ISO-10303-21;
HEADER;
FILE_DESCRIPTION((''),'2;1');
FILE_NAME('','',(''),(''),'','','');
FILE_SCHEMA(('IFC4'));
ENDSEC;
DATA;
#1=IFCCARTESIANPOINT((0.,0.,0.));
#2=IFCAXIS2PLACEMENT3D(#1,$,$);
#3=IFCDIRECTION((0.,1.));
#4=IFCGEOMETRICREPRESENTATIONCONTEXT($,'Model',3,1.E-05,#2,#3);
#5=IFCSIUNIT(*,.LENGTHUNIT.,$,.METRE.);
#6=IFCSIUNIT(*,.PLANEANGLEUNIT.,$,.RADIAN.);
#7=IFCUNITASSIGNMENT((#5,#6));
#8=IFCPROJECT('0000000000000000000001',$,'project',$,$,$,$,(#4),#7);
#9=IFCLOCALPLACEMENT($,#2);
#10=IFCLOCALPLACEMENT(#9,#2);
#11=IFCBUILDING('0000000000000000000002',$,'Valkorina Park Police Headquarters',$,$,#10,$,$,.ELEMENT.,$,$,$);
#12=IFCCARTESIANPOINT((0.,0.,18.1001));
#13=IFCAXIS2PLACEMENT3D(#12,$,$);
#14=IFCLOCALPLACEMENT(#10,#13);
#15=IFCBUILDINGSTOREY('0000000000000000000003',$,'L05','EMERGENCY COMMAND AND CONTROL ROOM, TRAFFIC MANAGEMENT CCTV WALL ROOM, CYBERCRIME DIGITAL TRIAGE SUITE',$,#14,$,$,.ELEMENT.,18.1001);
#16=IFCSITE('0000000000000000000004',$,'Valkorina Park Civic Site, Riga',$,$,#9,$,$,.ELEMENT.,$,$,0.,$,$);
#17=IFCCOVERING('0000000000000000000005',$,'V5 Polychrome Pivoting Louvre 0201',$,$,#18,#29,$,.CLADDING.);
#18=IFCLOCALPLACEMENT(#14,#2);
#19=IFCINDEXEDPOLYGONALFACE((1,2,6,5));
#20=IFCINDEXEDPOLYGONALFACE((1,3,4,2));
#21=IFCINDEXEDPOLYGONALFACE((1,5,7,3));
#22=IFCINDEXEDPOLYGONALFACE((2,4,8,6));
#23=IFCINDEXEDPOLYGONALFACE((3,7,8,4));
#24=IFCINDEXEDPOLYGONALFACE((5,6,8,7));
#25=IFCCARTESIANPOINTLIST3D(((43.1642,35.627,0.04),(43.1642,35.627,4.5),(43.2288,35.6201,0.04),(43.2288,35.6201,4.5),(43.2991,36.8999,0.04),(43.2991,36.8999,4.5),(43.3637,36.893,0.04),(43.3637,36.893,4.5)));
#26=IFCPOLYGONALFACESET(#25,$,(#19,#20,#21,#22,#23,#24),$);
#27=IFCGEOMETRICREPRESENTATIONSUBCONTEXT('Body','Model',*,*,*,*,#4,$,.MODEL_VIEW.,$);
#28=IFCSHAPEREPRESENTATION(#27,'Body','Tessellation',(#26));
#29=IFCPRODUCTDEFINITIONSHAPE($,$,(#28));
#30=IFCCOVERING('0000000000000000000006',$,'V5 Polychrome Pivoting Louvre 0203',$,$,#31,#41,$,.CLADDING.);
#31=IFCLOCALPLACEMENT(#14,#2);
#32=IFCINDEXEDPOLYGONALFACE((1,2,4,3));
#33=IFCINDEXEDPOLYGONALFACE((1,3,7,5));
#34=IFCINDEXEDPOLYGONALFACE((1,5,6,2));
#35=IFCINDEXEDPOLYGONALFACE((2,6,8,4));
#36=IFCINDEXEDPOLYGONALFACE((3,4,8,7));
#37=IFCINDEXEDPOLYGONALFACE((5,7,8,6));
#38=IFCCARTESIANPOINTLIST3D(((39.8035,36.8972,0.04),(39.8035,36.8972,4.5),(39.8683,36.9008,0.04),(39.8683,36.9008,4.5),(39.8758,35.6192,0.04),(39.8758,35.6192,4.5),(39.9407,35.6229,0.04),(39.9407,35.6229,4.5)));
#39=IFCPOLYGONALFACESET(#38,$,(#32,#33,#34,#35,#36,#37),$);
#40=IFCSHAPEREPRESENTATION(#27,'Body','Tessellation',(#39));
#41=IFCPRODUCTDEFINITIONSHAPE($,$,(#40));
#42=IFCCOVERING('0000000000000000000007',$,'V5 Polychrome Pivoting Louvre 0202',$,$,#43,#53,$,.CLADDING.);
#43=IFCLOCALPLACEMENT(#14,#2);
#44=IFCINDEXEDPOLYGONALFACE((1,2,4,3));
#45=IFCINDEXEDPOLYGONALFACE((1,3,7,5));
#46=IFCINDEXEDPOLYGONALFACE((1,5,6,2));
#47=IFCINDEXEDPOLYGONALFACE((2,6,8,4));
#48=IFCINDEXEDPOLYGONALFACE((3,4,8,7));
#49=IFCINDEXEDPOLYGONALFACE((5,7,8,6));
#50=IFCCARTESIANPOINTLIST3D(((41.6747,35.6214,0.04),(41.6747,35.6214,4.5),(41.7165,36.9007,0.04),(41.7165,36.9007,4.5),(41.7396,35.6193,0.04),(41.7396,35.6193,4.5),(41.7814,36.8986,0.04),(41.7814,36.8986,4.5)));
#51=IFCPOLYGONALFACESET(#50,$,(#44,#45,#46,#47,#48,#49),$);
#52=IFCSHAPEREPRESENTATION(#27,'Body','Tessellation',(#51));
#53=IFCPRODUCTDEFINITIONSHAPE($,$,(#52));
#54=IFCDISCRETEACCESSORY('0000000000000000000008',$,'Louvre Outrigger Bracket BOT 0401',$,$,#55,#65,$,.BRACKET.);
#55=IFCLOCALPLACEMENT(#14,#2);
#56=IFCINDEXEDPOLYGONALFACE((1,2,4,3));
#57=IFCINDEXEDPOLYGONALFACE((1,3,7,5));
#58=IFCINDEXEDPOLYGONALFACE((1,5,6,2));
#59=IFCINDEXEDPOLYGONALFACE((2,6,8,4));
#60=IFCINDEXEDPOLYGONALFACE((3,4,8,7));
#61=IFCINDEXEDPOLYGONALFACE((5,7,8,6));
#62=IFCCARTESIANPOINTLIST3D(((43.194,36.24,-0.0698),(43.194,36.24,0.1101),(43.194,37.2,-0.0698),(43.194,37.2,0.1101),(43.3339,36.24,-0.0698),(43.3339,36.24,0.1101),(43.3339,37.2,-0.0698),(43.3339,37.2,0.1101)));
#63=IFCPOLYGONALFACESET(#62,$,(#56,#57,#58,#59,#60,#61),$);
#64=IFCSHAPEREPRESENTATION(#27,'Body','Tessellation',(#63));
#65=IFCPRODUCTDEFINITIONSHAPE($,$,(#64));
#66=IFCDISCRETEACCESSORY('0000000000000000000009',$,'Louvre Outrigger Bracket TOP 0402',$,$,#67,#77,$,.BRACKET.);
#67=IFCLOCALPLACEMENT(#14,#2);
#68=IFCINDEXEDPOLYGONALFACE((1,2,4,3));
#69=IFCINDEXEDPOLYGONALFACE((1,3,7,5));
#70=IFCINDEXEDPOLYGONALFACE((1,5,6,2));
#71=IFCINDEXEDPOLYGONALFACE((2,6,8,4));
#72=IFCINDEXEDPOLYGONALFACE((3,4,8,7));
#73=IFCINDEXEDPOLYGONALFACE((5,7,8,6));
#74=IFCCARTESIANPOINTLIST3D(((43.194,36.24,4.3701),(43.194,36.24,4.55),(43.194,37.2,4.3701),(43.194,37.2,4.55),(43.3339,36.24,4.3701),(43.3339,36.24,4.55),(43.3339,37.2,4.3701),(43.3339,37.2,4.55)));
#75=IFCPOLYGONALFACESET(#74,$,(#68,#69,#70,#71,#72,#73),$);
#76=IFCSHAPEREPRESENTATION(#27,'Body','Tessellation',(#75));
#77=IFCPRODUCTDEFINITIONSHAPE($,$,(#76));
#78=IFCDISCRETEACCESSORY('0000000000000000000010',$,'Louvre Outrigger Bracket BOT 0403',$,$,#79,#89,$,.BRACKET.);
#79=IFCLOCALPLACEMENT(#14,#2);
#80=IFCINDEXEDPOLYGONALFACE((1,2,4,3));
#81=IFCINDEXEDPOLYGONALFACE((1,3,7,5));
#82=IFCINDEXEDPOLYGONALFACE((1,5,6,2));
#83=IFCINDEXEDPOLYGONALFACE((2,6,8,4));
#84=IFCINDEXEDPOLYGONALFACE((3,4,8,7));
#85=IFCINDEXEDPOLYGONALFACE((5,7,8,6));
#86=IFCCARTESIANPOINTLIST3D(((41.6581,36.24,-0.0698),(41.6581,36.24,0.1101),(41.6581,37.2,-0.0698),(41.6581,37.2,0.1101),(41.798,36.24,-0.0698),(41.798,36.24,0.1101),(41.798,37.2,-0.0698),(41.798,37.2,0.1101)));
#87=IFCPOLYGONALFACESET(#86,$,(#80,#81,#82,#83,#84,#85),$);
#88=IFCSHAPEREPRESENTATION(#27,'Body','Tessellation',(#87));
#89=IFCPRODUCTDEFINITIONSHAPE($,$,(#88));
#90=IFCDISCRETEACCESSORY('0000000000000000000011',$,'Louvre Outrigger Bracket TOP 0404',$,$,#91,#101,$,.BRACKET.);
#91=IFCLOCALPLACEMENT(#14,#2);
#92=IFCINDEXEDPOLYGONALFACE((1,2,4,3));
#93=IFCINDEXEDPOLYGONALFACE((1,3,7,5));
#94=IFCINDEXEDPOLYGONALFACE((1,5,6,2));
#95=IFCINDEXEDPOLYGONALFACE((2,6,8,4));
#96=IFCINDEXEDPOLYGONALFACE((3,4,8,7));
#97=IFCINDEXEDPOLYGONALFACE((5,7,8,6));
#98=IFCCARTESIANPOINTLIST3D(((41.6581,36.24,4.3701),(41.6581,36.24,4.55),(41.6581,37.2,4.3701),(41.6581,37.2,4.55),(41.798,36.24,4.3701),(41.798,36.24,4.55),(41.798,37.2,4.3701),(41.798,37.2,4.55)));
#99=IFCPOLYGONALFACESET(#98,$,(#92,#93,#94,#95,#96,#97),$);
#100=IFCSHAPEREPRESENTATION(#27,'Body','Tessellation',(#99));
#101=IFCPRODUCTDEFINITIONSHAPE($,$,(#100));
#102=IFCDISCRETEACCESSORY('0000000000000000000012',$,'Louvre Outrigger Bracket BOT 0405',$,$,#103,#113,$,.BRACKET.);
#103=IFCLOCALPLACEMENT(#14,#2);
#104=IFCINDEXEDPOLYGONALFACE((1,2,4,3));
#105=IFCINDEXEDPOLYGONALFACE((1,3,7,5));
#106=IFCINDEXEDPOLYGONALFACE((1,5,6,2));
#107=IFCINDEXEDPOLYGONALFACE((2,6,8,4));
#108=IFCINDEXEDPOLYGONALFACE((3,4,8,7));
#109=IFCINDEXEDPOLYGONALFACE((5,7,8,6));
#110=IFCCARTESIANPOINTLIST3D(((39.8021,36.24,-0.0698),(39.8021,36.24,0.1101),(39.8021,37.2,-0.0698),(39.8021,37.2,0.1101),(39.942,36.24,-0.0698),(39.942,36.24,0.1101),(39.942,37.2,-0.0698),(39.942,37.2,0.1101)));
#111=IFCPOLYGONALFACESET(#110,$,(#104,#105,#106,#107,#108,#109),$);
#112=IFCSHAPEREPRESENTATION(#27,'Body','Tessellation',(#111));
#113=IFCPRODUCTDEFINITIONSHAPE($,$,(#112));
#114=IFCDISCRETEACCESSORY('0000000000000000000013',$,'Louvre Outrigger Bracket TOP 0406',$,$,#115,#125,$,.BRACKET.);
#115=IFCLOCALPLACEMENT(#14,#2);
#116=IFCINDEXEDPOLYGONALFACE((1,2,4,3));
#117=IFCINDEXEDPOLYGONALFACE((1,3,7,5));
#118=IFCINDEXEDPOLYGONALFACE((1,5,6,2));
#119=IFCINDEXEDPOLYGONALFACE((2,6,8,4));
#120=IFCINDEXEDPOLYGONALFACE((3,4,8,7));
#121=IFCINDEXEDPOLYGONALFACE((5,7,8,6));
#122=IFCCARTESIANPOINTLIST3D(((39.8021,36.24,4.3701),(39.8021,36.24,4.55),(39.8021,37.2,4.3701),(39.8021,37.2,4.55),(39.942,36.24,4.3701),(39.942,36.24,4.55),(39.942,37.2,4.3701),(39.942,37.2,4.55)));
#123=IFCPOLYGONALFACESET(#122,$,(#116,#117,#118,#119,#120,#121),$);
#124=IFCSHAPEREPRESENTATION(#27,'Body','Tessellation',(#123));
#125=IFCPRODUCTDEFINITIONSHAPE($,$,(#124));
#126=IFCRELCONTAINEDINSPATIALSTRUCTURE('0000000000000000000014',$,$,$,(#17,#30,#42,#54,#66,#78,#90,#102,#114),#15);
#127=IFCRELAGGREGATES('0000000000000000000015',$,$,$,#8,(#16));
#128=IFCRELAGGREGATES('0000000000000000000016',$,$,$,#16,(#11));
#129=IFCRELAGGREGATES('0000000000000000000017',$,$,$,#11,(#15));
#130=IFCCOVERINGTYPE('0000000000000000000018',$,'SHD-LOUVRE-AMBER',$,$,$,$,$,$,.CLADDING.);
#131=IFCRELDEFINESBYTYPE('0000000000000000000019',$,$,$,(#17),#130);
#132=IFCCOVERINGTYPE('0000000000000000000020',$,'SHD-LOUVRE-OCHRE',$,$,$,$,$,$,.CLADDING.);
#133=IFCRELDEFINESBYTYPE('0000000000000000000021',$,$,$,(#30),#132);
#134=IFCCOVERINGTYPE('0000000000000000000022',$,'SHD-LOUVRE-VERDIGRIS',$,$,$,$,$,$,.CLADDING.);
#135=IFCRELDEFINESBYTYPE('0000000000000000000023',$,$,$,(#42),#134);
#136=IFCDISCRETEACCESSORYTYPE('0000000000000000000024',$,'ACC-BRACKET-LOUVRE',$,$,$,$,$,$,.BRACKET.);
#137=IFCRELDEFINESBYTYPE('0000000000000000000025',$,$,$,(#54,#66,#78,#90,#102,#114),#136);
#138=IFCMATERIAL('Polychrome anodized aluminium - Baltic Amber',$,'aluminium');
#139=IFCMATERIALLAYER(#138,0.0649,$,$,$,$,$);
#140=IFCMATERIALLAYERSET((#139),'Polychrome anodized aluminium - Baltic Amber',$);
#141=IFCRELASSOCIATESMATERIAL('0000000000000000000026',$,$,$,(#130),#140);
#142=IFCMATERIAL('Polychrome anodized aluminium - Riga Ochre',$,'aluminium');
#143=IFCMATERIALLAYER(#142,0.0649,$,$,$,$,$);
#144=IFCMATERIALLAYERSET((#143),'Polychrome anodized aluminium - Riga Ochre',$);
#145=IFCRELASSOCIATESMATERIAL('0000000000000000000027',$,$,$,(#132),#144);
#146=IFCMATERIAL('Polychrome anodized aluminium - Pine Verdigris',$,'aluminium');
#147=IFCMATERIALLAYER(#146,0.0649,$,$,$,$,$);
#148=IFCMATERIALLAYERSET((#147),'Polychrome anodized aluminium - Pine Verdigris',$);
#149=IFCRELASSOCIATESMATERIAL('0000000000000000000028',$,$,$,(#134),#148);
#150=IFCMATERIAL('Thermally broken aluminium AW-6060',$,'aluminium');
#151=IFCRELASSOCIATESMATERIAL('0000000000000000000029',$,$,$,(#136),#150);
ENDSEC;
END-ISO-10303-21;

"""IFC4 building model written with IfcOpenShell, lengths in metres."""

from ifc_helpers import new_model, si_unit, direction, frame, origin, origin_2d, place, context, subcontext, project, spatial, rectangle, extrude, material, layer, layer_set, type_object, element, save


model = new_model("IFC4")

# Units and contexts
model_context = context("Model", 3, precision=1e-05, world=origin(), true_north=direction((0.0, 1.0)))
body_context = subcontext(model_context, "Body", "Model", "MODEL_VIEW")
ifc_project = project(units=[si_unit("LENGTHUNIT", "METRE"), si_unit("PLANEANGLEUNIT", "RADIAN")], contexts=[model_context])

# Site, building, storey
site_placement = place(None, origin())
site = spatial("IfcSite", under=ifc_project, at=site_placement, Name="Valkorina Park Civic Site, Riga", CompositionType="ELEMENT", RefElevation=0.0)
building_placement = place(site_placement, origin())
building = spatial("IfcBuilding", under=site, at=building_placement, Name="Valkorina Park Police Headquarters", CompositionType="ELEMENT")
storey_placement = place(building_placement, frame((0.0, 0.0, 18.1001)))
storey = spatial("IfcBuildingStorey", under=building, at=storey_placement, Name="L05", Description="EMERGENCY COMMAND AND CONTROL ROOM, TRAFFIC MANAGEMENT CCTV WALL ROOM, CYBERCRIME DIGITAL TRIAGE SUITE", CompositionType="ELEMENT", Elevation=18.1001)

# Shared definitions
ifc_material_1 = material(Name="Thermally broken aluminium AW-6060", Category="aluminium")

# Coverings
ifc_material_2 = material(Name="Polychrome anodized aluminium - Baltic Amber", Category="aluminium")
ifc_layer_1 = layer(ifc_material_2, 0.0649)
ifc_layer_set_1 = layer_set([ifc_layer_1], Name="Polychrome anodized aluminium - Baltic Amber")
covering_type_1 = type_object("IfcCoveringType", Name="SHD-LOUVRE-AMBER", PredefinedType="CLADDING", material=ifc_layer_set_1)
covering_1_placement = place(storey_placement, frame((43.2639, 36.26, 0.04), z_axis=(0.0, 0.0, 1.0), x_axis=(-0.105396, -0.99443, 0.0)))
element("IfcCovering", 1, at=covering_1_placement, inside=storey, type_object=covering_type_1, Name="V5 Polychrome Pivoting Louvre 0201", PredefinedType="CLADDING", context=body_context, shape_type="SweptSolid", body=[
    extrude(rectangle(XDim=1.28, YDim=0.0649, at=origin_2d()), origin(), (0.0, 0.0, 1.0), 4.46),
])
ifc_material_3 = material(Name="Polychrome anodized aluminium - Riga Ochre", Category="aluminium")
ifc_layer_2 = layer(ifc_material_3, 0.0649)
ifc_layer_set_2 = layer_set([ifc_layer_2], Name="Polychrome anodized aluminium - Riga Ochre")
covering_type_2 = type_object("IfcCoveringType", Name="SHD-LOUVRE-OCHRE", PredefinedType="CLADDING", material=ifc_layer_set_2)
covering_2_placement = place(storey_placement, frame((39.8721, 36.26, 0.04), z_axis=(0.0, 0.0, 1.0), x_axis=(0.056519, -0.998402, 0.0)))
element("IfcCovering", 2, at=covering_2_placement, inside=storey, type_object=covering_type_2, Name="V5 Polychrome Pivoting Louvre 0203", PredefinedType="CLADDING", context=body_context, shape_type="SweptSolid", body=[
    extrude(rectangle(XDim=1.28, YDim=0.0649, at=origin_2d()), origin(), (0.0, 0.0, 1.0), 4.46),
])
ifc_material_4 = material(Name="Polychrome anodized aluminium - Pine Verdigris", Category="aluminium")
ifc_layer_3 = layer(ifc_material_4, 0.0649)
ifc_layer_set_3 = layer_set([ifc_layer_3], Name="Polychrome anodized aluminium - Pine Verdigris")
covering_type_3 = type_object("IfcCoveringType", Name="SHD-LOUVRE-VERDIGRIS", PredefinedType="CLADDING", material=ifc_layer_set_3)
covering_3_placement = place(storey_placement, frame((41.728, 36.26, 0.04), z_axis=(0.0, 0.0, 1.0), x_axis=(-0.032632, -0.999467, 0.0)))
element("IfcCovering", 3, at=covering_3_placement, inside=storey, type_object=covering_type_3, Name="V5 Polychrome Pivoting Louvre 0202", PredefinedType="CLADDING", context=body_context, shape_type="SweptSolid", body=[
    extrude(rectangle(XDim=1.28, YDim=0.0649, at=origin_2d()), origin(), (0.0, 0.0, 1.0), 4.46),
])

# Discrete accessories
discrete_accessory_type = type_object("IfcDiscreteAccessoryType", Name="ACC-BRACKET-LOUVRE", PredefinedType="BRACKET", material=ifc_material_1)
for number, where, z_axis, x_axis, name in (
    (4, (43.2639, 36.72, -0.0698), (0.0, 0.0, 1.0), (0.0, -1.0, 0.0), "Louvre Outrigger Bracket BOT 0401"),
    (5, (43.2639, 36.72, 4.3701), (0.0, 0.0, 1.0), (0.0, -1.0, 0.0), "Louvre Outrigger Bracket TOP 0402"),
    (6, (41.728, 36.72, -0.0698), (0.0, 0.0, 1.0), (0.0, -1.0, 0.0), "Louvre Outrigger Bracket BOT 0403"),
    (7, (41.728, 36.72, 4.3701), (0.0, 0.0, 1.0), (0.0, -1.0, 0.0), "Louvre Outrigger Bracket TOP 0404"),
    (8, (39.8721, 36.72, -0.0698), (0.0, 0.0, 1.0), (0.0, -1.0, 0.0), "Louvre Outrigger Bracket BOT 0405"),
    (9, (39.8721, 36.72, 4.3701), (0.0, 0.0, 1.0), (0.0, -1.0, 0.0), "Louvre Outrigger Bracket TOP 0406"),
):
    element("IfcDiscreteAccessory", number, at=place(storey_placement, frame(where, z_axis=z_axis, x_axis=x_axis)), inside=storey, type_object=discrete_accessory_type, Name=name, PredefinedType="BRACKET", context=body_context, shape_type="SweptSolid", body=[
        extrude(rectangle(XDim=0.96, YDim=0.1399, at=origin_2d()), origin(), (0.0, 0.0, 1.0), 0.1799),
    ])

save(model, "model.ifc")
